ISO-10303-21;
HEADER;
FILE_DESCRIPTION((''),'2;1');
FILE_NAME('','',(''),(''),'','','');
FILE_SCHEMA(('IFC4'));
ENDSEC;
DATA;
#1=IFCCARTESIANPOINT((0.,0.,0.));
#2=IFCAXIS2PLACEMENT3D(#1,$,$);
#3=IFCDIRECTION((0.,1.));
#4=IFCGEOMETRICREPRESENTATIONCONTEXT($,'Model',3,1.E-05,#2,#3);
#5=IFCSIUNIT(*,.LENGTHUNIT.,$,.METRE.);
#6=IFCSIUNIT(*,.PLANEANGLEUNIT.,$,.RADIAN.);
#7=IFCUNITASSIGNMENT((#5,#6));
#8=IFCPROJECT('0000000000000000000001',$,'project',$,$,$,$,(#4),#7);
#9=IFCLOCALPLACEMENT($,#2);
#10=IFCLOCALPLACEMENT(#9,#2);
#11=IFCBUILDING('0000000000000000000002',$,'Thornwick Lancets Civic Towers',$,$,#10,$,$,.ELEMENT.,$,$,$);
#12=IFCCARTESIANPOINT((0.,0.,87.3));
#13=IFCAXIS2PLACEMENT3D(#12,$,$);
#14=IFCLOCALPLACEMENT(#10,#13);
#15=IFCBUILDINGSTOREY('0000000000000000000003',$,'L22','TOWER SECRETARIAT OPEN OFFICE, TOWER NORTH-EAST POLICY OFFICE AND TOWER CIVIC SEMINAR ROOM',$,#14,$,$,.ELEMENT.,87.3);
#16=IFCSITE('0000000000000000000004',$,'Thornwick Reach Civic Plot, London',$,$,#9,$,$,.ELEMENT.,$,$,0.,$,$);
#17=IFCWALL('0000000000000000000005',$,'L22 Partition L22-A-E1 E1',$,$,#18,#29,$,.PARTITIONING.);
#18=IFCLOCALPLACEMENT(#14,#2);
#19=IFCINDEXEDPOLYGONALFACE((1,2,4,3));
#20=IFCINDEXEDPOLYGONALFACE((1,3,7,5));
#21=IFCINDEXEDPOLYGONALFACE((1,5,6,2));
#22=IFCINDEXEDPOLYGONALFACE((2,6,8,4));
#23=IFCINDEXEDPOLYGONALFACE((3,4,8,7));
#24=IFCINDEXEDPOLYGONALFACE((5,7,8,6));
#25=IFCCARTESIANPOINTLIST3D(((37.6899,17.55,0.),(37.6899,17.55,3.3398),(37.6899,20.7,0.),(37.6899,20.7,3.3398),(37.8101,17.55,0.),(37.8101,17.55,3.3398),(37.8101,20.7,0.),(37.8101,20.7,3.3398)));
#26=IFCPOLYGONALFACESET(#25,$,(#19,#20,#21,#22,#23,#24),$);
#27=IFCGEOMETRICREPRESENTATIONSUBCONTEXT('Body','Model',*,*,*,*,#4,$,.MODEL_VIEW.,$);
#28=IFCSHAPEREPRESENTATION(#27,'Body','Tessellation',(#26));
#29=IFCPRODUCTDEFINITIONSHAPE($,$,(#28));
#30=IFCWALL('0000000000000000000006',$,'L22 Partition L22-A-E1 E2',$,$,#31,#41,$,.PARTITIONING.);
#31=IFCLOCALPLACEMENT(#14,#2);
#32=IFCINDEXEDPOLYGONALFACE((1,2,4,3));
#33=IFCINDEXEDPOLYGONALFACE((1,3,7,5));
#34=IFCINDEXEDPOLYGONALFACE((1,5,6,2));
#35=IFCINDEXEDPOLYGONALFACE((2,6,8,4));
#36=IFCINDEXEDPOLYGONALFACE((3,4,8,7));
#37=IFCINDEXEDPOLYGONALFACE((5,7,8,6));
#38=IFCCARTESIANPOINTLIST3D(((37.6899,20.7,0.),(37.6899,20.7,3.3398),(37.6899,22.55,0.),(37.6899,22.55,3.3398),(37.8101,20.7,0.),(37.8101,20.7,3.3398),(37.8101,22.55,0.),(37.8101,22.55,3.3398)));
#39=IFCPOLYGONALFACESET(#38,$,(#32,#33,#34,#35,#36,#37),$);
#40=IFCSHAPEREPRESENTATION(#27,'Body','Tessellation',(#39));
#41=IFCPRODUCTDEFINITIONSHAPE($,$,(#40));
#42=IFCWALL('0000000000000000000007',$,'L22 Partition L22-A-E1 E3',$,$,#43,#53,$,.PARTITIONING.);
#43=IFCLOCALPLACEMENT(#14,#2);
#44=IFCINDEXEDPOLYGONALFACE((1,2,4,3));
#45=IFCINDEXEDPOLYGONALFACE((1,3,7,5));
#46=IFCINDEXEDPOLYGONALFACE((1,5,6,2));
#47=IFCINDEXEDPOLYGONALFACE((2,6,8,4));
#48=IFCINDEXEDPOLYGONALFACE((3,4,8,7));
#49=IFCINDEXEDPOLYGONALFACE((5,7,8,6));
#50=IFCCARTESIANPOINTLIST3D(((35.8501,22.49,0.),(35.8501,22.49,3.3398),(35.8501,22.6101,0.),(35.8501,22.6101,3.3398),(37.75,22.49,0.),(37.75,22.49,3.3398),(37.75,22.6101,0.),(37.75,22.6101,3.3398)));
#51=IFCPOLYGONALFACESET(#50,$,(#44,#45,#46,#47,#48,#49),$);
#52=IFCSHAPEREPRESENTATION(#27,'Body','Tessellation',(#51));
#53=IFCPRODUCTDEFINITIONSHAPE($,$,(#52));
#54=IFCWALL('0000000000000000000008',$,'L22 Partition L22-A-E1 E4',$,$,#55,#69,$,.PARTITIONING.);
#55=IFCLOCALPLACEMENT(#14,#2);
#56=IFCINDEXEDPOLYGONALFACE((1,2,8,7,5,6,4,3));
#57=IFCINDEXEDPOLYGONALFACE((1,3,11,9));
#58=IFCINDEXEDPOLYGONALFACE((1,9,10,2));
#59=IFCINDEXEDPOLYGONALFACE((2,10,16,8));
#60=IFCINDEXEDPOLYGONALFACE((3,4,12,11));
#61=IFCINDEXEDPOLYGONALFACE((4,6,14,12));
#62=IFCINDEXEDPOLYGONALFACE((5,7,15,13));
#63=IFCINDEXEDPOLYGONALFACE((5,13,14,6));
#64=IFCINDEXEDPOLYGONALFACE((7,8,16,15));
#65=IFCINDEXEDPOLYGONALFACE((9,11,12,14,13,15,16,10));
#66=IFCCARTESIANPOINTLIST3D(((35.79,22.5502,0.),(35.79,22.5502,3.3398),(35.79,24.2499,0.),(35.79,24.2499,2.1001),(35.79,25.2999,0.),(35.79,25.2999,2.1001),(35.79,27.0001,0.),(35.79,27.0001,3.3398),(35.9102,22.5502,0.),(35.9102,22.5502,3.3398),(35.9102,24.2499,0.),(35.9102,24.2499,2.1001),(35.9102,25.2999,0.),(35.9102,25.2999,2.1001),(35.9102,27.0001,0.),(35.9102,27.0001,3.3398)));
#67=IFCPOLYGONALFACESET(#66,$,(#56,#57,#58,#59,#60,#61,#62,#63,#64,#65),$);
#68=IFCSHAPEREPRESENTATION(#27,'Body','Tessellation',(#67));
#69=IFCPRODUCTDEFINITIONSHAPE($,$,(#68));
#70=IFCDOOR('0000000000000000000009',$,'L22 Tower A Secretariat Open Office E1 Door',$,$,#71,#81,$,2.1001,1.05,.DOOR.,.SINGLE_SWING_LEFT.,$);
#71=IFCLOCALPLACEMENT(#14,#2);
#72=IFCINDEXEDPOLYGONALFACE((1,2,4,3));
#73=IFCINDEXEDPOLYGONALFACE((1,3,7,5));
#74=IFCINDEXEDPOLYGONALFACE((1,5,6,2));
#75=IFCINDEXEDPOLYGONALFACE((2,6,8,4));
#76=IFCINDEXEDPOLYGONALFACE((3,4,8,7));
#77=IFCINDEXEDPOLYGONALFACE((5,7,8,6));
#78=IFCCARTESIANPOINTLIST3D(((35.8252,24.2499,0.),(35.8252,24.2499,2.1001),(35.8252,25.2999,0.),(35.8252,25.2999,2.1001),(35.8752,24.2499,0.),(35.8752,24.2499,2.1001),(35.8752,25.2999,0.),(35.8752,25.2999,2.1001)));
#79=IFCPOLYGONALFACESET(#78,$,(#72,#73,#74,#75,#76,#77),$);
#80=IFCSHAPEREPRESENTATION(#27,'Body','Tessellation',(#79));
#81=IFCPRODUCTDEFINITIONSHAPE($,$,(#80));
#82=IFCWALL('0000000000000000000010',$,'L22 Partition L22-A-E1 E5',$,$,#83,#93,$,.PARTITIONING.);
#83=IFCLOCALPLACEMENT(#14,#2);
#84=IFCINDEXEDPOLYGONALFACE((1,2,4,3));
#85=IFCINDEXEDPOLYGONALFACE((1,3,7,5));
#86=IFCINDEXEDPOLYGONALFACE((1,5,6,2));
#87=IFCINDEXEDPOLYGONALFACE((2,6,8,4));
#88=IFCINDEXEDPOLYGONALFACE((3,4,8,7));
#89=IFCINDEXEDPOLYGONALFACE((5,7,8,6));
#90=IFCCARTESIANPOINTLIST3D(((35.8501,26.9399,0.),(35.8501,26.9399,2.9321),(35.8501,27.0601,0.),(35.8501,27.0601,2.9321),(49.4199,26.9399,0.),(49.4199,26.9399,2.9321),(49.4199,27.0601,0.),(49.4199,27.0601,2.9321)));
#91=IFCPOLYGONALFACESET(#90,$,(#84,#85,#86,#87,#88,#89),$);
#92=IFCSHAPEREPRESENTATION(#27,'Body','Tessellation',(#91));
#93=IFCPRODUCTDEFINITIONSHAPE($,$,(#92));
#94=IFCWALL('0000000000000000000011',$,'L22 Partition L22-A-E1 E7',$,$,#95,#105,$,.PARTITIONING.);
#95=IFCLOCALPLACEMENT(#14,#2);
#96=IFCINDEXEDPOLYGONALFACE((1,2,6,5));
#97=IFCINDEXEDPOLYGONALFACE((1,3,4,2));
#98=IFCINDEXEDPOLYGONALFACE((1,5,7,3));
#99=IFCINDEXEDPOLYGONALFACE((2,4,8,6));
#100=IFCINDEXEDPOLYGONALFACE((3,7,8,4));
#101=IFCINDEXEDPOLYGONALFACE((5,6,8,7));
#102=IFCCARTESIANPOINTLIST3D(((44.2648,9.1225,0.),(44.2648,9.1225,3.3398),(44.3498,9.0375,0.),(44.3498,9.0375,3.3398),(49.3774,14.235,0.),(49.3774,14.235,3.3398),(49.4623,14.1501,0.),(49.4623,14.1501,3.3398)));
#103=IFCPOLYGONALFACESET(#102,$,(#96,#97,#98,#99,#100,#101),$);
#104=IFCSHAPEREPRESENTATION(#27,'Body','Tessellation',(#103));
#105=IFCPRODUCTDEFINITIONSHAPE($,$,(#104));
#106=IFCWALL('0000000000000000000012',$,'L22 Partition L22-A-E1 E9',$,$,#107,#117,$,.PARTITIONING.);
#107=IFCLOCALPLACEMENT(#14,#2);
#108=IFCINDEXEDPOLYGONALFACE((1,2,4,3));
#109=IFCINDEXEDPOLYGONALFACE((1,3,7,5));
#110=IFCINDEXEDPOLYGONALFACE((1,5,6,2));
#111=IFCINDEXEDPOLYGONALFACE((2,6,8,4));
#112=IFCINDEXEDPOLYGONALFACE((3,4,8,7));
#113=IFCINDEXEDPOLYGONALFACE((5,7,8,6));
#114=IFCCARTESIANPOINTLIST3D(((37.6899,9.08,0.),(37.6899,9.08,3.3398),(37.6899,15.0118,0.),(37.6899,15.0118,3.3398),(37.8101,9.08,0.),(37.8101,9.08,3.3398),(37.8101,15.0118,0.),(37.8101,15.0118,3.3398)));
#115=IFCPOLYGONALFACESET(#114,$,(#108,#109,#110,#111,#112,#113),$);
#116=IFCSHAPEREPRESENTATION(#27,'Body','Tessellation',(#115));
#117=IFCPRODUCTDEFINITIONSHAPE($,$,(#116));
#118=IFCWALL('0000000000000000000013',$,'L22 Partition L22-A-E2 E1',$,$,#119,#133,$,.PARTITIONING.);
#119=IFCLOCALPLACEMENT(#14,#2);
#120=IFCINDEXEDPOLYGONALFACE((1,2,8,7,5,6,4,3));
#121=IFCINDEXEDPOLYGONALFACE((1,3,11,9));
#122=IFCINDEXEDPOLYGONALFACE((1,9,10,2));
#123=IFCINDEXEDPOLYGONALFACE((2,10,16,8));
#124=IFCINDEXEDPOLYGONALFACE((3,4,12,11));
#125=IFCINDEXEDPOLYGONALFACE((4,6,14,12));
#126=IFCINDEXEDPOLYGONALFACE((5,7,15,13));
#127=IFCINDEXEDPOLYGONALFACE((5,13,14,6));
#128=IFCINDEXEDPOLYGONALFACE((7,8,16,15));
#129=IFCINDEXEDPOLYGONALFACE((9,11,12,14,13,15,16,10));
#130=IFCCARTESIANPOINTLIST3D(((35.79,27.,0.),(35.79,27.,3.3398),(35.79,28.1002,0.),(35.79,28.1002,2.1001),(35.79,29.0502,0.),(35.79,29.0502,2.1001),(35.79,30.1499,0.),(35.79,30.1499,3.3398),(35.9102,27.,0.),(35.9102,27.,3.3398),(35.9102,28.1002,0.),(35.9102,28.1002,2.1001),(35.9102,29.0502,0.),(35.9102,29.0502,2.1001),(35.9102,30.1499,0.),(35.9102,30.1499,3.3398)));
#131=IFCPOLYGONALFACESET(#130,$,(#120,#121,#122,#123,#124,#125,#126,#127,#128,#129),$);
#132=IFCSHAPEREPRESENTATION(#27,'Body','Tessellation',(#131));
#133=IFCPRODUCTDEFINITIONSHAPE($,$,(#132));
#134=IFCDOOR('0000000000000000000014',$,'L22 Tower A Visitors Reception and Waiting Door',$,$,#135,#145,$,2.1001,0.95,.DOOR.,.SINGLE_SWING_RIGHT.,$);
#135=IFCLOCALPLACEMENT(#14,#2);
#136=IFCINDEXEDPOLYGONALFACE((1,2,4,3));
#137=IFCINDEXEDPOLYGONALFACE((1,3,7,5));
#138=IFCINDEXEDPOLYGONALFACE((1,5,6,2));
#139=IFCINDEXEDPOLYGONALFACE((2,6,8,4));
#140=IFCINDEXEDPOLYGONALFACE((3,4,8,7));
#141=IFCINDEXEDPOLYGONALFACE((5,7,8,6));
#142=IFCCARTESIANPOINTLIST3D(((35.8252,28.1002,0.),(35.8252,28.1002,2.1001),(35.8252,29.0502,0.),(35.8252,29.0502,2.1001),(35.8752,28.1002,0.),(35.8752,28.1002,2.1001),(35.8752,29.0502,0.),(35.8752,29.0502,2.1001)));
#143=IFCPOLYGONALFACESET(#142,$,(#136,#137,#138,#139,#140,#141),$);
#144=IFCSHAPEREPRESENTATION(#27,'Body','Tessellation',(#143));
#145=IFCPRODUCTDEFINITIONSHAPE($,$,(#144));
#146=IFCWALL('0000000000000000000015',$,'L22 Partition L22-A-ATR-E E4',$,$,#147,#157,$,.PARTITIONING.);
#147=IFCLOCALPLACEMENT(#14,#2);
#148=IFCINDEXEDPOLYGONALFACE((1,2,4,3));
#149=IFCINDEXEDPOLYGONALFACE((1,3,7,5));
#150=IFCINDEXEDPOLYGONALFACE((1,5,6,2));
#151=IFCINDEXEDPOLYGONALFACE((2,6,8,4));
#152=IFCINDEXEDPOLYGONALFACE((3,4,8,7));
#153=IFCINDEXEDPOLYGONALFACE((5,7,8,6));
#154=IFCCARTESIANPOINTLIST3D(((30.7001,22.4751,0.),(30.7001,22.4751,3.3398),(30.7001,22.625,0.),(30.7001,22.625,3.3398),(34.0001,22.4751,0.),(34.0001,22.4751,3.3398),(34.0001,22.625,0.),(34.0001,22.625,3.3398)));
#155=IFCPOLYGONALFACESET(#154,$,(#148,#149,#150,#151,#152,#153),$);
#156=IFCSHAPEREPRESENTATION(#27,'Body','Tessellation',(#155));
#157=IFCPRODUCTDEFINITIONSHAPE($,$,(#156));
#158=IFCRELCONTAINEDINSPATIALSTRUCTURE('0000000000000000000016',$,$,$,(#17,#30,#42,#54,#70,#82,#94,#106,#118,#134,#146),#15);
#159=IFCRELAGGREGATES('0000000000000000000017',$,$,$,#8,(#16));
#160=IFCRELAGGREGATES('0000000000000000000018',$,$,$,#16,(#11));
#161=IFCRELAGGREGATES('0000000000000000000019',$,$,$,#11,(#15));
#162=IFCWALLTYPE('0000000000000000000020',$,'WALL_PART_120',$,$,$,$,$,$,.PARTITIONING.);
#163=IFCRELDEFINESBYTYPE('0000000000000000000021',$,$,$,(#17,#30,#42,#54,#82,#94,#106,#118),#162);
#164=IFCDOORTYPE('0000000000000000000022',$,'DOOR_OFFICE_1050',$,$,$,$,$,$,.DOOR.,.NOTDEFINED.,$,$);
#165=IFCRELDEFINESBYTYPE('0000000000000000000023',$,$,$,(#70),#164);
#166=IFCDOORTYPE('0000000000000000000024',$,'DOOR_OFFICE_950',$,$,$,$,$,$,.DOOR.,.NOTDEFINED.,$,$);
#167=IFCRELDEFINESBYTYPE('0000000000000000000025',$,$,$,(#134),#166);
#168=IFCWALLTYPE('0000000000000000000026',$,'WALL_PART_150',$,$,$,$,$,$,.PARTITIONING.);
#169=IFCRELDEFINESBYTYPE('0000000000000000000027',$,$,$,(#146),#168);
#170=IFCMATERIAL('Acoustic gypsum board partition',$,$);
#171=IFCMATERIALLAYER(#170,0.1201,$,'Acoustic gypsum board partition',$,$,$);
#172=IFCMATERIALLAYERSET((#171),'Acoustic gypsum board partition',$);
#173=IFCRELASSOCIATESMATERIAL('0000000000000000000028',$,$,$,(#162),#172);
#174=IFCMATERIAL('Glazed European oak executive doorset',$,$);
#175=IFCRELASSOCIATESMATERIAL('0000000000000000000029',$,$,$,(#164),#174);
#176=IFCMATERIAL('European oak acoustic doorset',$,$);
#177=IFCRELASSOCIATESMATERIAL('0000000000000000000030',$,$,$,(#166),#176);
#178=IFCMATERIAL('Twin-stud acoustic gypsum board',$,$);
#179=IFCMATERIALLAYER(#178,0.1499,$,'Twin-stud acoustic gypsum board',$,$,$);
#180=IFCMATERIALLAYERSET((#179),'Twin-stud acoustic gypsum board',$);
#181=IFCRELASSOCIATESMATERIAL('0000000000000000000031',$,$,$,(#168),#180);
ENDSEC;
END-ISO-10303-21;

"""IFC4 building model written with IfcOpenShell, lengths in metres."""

from ifc_helpers import new_model, si_unit, direction, frame, frame_2d, origin, place, context, subcontext, project, spatial, rectangle, extrude, material, layer, layer_set, type_object, element, fill, save


model = new_model("IFC4")

# Units and contexts
model_context = context("Model", 3, precision=1e-05, world=origin(), true_north=direction((0.0, 1.0)))
body_context = subcontext(model_context, "Body", "Model", "MODEL_VIEW")
ifc_project = project(units=[si_unit("LENGTHUNIT", "METRE"), si_unit("PLANEANGLEUNIT", "RADIAN")], contexts=[model_context])

# Site, building, storey
site_placement = place(None, origin())
site = spatial("IfcSite", under=ifc_project, at=site_placement, Name="Thornwick Reach Civic Plot, London", CompositionType="ELEMENT", RefElevation=0.0)
building_placement = place(site_placement, origin())
building = spatial("IfcBuilding", under=site, at=building_placement, Name="Thornwick Lancets Civic Towers", CompositionType="ELEMENT")
storey_placement = place(building_placement, frame((0.0, 0.0, 87.3)))
storey = spatial("IfcBuildingStorey", under=building, at=storey_placement, Name="L22", Description="TOWER SECRETARIAT OPEN OFFICE, TOWER NORTH-EAST POLICY OFFICE AND TOWER CIVIC SEMINAR ROOM", CompositionType="ELEMENT", Elevation=87.3)

# Walls
ifc_material_1 = material(Name="Acoustic gypsum board partition")
ifc_layer_1 = layer(ifc_material_1, 0.1201, Name="Acoustic gypsum board partition")
ifc_layer_set_1 = layer_set([ifc_layer_1], Name="Acoustic gypsum board partition")
wall_type_1 = type_object("IfcWallType", Name="WALL_PART_120", PredefinedType="PARTITIONING", material=ifc_layer_set_1)
wall_1_placement = place(storey_placement, frame((37.75, 17.55, 0.0), z_axis=(0.0, 0.0, 1.0), x_axis=(0.0, 1.0, 0.0)))
element("IfcWall", 1, at=wall_1_placement, inside=storey, type_object=wall_type_1, Name="L22 Partition L22-A-E1 E1", PredefinedType="PARTITIONING", context=body_context, shape_type="SweptSolid", body=[
    extrude(rectangle(XDim=3.1499, YDim=0.1201, at=frame_2d((1.575, 0.0))), origin(), (0.0, 0.0, 1.0), 3.3398),
])
wall_2_placement = place(storey_placement, frame((37.75, 20.7, 0.0), z_axis=(0.0, 0.0, 1.0), x_axis=(0.0, 1.0, 0.0)))
element("IfcWall", 2, at=wall_2_placement, inside=storey, type_object=wall_type_1, Name="L22 Partition L22-A-E1 E2", PredefinedType="PARTITIONING", context=body_context, shape_type="SweptSolid", body=[
    extrude(rectangle(XDim=1.8501, YDim=0.1201, at=frame_2d((0.925, 0.0))), origin(), (0.0, 0.0, 1.0), 3.3398),
])
wall_3_placement = place(storey_placement, frame((37.75, 22.55, 0.0), z_axis=(0.0, 0.0, 1.0), x_axis=(-1.0, 0.0, 0.0)))
element("IfcWall", 3, at=wall_3_placement, inside=storey, type_object=wall_type_1, Name="L22 Partition L22-A-E1 E3", PredefinedType="PARTITIONING", context=body_context, shape_type="SweptSolid", body=[
    extrude(rectangle(XDim=1.8999, YDim=0.1201, at=frame_2d((0.95, 0.0))), origin(), (0.0, 0.0, 1.0), 3.3398),
])

# Wall, opening, door
wall_4_placement = place(storey_placement, frame((35.8501, 22.55, 0.0), z_axis=(0.0, 0.0, 1.0), x_axis=(0.0, 1.0, 0.0)))
wall_4 = element("IfcWall", 4, at=wall_4_placement, inside=storey, type_object=wall_type_1, Name="L22 Partition L22-A-E1 E4", PredefinedType="PARTITIONING", context=body_context, shape_type="SweptSolid", body=[
    extrude(rectangle(XDim=4.45, YDim=0.1201, at=frame_2d((2.2251, 0.0))), origin(), (0.0, 0.0, 1.0), 3.3398),
])
opening_1_placement = place(wall_4_placement, frame((1.7, 0.0, 0.0)))
opening_1 = element("IfcOpeningElement", 5, at=opening_1_placement, cuts=wall_4, PredefinedType="OPENING", context=body_context, shape_type="SweptSolid", body=[
    extrude(rectangle(XDim=1.05, YDim=2.1001, at=frame_2d((0.5249, 1.05))), frame((0.0, 0.0701, 0.0), z_axis=(0.0, -1.0, 0.0), x_axis=(1.0, 0.0, 0.0)), (0.0, 0.0, 1.0), 0.1401),
])
ifc_material_2 = material(Name="Glazed European oak executive doorset")
door_type_1 = type_object("IfcDoorType", Name="DOOR_OFFICE_1050", OperationType="NOTDEFINED", PredefinedType="DOOR", material=ifc_material_2)
door_1_placement = place(opening_1_placement, origin())
door_1 = element("IfcDoor", 6, at=door_1_placement, inside=storey, type_object=door_type_1, Name="L22 Tower A Secretariat Open Office E1 Door", OperationType="SINGLE_SWING_LEFT", OverallHeight=2.1001, OverallWidth=1.05, PredefinedType="DOOR", context=body_context, shape_type="SweptSolid", body=[
    extrude(rectangle(XDim=1.05, YDim=2.1001, at=frame_2d((0.5249, 1.05))), frame((0.0, 0.0249, 0.0), z_axis=(0.0, -1.0, 0.0), x_axis=(1.0, 0.0, 0.0)), (0.0, 0.0, 1.0), 0.05),
])
fill(opening_1, door_1)

# Walls
wall_5_placement = place(storey_placement, frame((35.8501, 27.0, 0.0), z_axis=(0.0, 0.0, 1.0), x_axis=(1.0, 0.0, 0.0)))
element("IfcWall", 7, at=wall_5_placement, inside=storey, type_object=wall_type_1, Name="L22 Partition L22-A-E1 E5", PredefinedType="PARTITIONING", context=body_context, shape_type="SweptSolid", body=[
    extrude(rectangle(XDim=13.5698, YDim=0.1201, at=frame_2d((6.7849, 0.0))), origin(), (0.0, 0.0, 1.0), 2.9321),
])
wall_6_placement = place(storey_placement, frame((49.4199, 14.1926, 0.0), z_axis=(0.0, 0.0, 1.0), x_axis=(-0.707107, -0.707107, 0.0)))
element("IfcWall", 8, at=wall_6_placement, inside=storey, type_object=wall_type_1, Name="L22 Partition L22-A-E1 E7", PredefinedType="PARTITIONING", context=body_context, shape_type="SweptSolid", body=[
    extrude(rectangle(XDim=7.2302, YDim=0.1201, at=frame_2d((3.6152, 0.0))), origin(), (0.0, 0.0, 1.0), 3.3398),
])
wall_7_placement = place(storey_placement, frame((37.75, 9.0801, 0.0), z_axis=(0.0, 0.0, 1.0), x_axis=(0.0, 1.0, 0.0)))
element("IfcWall", 9, at=wall_7_placement, inside=storey, type_object=wall_type_1, Name="L22 Partition L22-A-E1 E9", PredefinedType="PARTITIONING", context=body_context, shape_type="SweptSolid", body=[
    extrude(rectangle(XDim=5.9319, YDim=0.1201, at=frame_2d((2.9658, 0.0))), origin(), (0.0, 0.0, 1.0), 3.3398),
])

# Wall, opening, door
wall_8_placement = place(storey_placement, frame((35.8501, 27.0, 0.0), z_axis=(0.0, 0.0, 1.0), x_axis=(0.0, 1.0, 0.0)))
wall_8 = element("IfcWall", 10, at=wall_8_placement, inside=storey, type_object=wall_type_1, Name="L22 Partition L22-A-E2 E1", PredefinedType="PARTITIONING", context=body_context, shape_type="SweptSolid", body=[
    extrude(rectangle(XDim=3.1499, YDim=0.1201, at=frame_2d((1.575, 0.0))), origin(), (0.0, 0.0, 1.0), 3.3398),
])
opening_2_placement = place(wall_8_placement, frame((1.1001, 0.0, 0.0)))
opening_2 = element("IfcOpeningElement", 11, at=opening_2_placement, cuts=wall_8, PredefinedType="OPENING", context=body_context, shape_type="SweptSolid", body=[
    extrude(rectangle(XDim=0.95, YDim=2.1001, at=frame_2d((0.4751, 1.05))), frame((0.0, 0.0701, 0.0), z_axis=(0.0, -1.0, 0.0), x_axis=(1.0, 0.0, 0.0)), (0.0, 0.0, 1.0), 0.1401),
])
ifc_material_3 = material(Name="European oak acoustic doorset")
door_type_2 = type_object("IfcDoorType", Name="DOOR_OFFICE_950", OperationType="NOTDEFINED", PredefinedType="DOOR", material=ifc_material_3)
door_2_placement = place(opening_2_placement, origin())
door_2 = element("IfcDoor", 12, at=door_2_placement, inside=storey, type_object=door_type_2, Name="L22 Tower A Visitors Reception and Waiting Door", OperationType="SINGLE_SWING_RIGHT", OverallHeight=2.1001, OverallWidth=0.95, PredefinedType="DOOR", context=body_context, shape_type="SweptSolid", body=[
    extrude(rectangle(XDim=0.95, YDim=2.1001, at=frame_2d((0.4751, 1.05))), frame((0.0, 0.0249, 0.0), z_axis=(0.0, -1.0, 0.0), x_axis=(1.0, 0.0, 0.0)), (0.0, 0.0, 1.0), 0.05),
])
fill(opening_2, door_2)

# Wall
ifc_material_4 = material(Name="Twin-stud acoustic gypsum board")
ifc_layer_2 = layer(ifc_material_4, 0.1499, Name="Twin-stud acoustic gypsum board")
ifc_layer_set_2 = layer_set([ifc_layer_2], Name="Twin-stud acoustic gypsum board")
wall_type_2 = type_object("IfcWallType", Name="WALL_PART_150", PredefinedType="PARTITIONING", material=ifc_layer_set_2)
wall_9_placement = place(storey_placement, frame((34.0, 22.55, 0.0), z_axis=(0.0, 0.0, 1.0), x_axis=(-1.0, 0.0, 0.0)))
element("IfcWall", 13, at=wall_9_placement, inside=storey, type_object=wall_type_2, Name="L22 Partition L22-A-ATR-E E4", PredefinedType="PARTITIONING", context=body_context, shape_type="SweptSolid", body=[
    extrude(rectangle(XDim=3.3, YDim=0.1499, at=frame_2d((1.6499, 0.0))), origin(), (0.0, 0.0, 1.0), 3.3398),
])

save(model, "model.ifc")
